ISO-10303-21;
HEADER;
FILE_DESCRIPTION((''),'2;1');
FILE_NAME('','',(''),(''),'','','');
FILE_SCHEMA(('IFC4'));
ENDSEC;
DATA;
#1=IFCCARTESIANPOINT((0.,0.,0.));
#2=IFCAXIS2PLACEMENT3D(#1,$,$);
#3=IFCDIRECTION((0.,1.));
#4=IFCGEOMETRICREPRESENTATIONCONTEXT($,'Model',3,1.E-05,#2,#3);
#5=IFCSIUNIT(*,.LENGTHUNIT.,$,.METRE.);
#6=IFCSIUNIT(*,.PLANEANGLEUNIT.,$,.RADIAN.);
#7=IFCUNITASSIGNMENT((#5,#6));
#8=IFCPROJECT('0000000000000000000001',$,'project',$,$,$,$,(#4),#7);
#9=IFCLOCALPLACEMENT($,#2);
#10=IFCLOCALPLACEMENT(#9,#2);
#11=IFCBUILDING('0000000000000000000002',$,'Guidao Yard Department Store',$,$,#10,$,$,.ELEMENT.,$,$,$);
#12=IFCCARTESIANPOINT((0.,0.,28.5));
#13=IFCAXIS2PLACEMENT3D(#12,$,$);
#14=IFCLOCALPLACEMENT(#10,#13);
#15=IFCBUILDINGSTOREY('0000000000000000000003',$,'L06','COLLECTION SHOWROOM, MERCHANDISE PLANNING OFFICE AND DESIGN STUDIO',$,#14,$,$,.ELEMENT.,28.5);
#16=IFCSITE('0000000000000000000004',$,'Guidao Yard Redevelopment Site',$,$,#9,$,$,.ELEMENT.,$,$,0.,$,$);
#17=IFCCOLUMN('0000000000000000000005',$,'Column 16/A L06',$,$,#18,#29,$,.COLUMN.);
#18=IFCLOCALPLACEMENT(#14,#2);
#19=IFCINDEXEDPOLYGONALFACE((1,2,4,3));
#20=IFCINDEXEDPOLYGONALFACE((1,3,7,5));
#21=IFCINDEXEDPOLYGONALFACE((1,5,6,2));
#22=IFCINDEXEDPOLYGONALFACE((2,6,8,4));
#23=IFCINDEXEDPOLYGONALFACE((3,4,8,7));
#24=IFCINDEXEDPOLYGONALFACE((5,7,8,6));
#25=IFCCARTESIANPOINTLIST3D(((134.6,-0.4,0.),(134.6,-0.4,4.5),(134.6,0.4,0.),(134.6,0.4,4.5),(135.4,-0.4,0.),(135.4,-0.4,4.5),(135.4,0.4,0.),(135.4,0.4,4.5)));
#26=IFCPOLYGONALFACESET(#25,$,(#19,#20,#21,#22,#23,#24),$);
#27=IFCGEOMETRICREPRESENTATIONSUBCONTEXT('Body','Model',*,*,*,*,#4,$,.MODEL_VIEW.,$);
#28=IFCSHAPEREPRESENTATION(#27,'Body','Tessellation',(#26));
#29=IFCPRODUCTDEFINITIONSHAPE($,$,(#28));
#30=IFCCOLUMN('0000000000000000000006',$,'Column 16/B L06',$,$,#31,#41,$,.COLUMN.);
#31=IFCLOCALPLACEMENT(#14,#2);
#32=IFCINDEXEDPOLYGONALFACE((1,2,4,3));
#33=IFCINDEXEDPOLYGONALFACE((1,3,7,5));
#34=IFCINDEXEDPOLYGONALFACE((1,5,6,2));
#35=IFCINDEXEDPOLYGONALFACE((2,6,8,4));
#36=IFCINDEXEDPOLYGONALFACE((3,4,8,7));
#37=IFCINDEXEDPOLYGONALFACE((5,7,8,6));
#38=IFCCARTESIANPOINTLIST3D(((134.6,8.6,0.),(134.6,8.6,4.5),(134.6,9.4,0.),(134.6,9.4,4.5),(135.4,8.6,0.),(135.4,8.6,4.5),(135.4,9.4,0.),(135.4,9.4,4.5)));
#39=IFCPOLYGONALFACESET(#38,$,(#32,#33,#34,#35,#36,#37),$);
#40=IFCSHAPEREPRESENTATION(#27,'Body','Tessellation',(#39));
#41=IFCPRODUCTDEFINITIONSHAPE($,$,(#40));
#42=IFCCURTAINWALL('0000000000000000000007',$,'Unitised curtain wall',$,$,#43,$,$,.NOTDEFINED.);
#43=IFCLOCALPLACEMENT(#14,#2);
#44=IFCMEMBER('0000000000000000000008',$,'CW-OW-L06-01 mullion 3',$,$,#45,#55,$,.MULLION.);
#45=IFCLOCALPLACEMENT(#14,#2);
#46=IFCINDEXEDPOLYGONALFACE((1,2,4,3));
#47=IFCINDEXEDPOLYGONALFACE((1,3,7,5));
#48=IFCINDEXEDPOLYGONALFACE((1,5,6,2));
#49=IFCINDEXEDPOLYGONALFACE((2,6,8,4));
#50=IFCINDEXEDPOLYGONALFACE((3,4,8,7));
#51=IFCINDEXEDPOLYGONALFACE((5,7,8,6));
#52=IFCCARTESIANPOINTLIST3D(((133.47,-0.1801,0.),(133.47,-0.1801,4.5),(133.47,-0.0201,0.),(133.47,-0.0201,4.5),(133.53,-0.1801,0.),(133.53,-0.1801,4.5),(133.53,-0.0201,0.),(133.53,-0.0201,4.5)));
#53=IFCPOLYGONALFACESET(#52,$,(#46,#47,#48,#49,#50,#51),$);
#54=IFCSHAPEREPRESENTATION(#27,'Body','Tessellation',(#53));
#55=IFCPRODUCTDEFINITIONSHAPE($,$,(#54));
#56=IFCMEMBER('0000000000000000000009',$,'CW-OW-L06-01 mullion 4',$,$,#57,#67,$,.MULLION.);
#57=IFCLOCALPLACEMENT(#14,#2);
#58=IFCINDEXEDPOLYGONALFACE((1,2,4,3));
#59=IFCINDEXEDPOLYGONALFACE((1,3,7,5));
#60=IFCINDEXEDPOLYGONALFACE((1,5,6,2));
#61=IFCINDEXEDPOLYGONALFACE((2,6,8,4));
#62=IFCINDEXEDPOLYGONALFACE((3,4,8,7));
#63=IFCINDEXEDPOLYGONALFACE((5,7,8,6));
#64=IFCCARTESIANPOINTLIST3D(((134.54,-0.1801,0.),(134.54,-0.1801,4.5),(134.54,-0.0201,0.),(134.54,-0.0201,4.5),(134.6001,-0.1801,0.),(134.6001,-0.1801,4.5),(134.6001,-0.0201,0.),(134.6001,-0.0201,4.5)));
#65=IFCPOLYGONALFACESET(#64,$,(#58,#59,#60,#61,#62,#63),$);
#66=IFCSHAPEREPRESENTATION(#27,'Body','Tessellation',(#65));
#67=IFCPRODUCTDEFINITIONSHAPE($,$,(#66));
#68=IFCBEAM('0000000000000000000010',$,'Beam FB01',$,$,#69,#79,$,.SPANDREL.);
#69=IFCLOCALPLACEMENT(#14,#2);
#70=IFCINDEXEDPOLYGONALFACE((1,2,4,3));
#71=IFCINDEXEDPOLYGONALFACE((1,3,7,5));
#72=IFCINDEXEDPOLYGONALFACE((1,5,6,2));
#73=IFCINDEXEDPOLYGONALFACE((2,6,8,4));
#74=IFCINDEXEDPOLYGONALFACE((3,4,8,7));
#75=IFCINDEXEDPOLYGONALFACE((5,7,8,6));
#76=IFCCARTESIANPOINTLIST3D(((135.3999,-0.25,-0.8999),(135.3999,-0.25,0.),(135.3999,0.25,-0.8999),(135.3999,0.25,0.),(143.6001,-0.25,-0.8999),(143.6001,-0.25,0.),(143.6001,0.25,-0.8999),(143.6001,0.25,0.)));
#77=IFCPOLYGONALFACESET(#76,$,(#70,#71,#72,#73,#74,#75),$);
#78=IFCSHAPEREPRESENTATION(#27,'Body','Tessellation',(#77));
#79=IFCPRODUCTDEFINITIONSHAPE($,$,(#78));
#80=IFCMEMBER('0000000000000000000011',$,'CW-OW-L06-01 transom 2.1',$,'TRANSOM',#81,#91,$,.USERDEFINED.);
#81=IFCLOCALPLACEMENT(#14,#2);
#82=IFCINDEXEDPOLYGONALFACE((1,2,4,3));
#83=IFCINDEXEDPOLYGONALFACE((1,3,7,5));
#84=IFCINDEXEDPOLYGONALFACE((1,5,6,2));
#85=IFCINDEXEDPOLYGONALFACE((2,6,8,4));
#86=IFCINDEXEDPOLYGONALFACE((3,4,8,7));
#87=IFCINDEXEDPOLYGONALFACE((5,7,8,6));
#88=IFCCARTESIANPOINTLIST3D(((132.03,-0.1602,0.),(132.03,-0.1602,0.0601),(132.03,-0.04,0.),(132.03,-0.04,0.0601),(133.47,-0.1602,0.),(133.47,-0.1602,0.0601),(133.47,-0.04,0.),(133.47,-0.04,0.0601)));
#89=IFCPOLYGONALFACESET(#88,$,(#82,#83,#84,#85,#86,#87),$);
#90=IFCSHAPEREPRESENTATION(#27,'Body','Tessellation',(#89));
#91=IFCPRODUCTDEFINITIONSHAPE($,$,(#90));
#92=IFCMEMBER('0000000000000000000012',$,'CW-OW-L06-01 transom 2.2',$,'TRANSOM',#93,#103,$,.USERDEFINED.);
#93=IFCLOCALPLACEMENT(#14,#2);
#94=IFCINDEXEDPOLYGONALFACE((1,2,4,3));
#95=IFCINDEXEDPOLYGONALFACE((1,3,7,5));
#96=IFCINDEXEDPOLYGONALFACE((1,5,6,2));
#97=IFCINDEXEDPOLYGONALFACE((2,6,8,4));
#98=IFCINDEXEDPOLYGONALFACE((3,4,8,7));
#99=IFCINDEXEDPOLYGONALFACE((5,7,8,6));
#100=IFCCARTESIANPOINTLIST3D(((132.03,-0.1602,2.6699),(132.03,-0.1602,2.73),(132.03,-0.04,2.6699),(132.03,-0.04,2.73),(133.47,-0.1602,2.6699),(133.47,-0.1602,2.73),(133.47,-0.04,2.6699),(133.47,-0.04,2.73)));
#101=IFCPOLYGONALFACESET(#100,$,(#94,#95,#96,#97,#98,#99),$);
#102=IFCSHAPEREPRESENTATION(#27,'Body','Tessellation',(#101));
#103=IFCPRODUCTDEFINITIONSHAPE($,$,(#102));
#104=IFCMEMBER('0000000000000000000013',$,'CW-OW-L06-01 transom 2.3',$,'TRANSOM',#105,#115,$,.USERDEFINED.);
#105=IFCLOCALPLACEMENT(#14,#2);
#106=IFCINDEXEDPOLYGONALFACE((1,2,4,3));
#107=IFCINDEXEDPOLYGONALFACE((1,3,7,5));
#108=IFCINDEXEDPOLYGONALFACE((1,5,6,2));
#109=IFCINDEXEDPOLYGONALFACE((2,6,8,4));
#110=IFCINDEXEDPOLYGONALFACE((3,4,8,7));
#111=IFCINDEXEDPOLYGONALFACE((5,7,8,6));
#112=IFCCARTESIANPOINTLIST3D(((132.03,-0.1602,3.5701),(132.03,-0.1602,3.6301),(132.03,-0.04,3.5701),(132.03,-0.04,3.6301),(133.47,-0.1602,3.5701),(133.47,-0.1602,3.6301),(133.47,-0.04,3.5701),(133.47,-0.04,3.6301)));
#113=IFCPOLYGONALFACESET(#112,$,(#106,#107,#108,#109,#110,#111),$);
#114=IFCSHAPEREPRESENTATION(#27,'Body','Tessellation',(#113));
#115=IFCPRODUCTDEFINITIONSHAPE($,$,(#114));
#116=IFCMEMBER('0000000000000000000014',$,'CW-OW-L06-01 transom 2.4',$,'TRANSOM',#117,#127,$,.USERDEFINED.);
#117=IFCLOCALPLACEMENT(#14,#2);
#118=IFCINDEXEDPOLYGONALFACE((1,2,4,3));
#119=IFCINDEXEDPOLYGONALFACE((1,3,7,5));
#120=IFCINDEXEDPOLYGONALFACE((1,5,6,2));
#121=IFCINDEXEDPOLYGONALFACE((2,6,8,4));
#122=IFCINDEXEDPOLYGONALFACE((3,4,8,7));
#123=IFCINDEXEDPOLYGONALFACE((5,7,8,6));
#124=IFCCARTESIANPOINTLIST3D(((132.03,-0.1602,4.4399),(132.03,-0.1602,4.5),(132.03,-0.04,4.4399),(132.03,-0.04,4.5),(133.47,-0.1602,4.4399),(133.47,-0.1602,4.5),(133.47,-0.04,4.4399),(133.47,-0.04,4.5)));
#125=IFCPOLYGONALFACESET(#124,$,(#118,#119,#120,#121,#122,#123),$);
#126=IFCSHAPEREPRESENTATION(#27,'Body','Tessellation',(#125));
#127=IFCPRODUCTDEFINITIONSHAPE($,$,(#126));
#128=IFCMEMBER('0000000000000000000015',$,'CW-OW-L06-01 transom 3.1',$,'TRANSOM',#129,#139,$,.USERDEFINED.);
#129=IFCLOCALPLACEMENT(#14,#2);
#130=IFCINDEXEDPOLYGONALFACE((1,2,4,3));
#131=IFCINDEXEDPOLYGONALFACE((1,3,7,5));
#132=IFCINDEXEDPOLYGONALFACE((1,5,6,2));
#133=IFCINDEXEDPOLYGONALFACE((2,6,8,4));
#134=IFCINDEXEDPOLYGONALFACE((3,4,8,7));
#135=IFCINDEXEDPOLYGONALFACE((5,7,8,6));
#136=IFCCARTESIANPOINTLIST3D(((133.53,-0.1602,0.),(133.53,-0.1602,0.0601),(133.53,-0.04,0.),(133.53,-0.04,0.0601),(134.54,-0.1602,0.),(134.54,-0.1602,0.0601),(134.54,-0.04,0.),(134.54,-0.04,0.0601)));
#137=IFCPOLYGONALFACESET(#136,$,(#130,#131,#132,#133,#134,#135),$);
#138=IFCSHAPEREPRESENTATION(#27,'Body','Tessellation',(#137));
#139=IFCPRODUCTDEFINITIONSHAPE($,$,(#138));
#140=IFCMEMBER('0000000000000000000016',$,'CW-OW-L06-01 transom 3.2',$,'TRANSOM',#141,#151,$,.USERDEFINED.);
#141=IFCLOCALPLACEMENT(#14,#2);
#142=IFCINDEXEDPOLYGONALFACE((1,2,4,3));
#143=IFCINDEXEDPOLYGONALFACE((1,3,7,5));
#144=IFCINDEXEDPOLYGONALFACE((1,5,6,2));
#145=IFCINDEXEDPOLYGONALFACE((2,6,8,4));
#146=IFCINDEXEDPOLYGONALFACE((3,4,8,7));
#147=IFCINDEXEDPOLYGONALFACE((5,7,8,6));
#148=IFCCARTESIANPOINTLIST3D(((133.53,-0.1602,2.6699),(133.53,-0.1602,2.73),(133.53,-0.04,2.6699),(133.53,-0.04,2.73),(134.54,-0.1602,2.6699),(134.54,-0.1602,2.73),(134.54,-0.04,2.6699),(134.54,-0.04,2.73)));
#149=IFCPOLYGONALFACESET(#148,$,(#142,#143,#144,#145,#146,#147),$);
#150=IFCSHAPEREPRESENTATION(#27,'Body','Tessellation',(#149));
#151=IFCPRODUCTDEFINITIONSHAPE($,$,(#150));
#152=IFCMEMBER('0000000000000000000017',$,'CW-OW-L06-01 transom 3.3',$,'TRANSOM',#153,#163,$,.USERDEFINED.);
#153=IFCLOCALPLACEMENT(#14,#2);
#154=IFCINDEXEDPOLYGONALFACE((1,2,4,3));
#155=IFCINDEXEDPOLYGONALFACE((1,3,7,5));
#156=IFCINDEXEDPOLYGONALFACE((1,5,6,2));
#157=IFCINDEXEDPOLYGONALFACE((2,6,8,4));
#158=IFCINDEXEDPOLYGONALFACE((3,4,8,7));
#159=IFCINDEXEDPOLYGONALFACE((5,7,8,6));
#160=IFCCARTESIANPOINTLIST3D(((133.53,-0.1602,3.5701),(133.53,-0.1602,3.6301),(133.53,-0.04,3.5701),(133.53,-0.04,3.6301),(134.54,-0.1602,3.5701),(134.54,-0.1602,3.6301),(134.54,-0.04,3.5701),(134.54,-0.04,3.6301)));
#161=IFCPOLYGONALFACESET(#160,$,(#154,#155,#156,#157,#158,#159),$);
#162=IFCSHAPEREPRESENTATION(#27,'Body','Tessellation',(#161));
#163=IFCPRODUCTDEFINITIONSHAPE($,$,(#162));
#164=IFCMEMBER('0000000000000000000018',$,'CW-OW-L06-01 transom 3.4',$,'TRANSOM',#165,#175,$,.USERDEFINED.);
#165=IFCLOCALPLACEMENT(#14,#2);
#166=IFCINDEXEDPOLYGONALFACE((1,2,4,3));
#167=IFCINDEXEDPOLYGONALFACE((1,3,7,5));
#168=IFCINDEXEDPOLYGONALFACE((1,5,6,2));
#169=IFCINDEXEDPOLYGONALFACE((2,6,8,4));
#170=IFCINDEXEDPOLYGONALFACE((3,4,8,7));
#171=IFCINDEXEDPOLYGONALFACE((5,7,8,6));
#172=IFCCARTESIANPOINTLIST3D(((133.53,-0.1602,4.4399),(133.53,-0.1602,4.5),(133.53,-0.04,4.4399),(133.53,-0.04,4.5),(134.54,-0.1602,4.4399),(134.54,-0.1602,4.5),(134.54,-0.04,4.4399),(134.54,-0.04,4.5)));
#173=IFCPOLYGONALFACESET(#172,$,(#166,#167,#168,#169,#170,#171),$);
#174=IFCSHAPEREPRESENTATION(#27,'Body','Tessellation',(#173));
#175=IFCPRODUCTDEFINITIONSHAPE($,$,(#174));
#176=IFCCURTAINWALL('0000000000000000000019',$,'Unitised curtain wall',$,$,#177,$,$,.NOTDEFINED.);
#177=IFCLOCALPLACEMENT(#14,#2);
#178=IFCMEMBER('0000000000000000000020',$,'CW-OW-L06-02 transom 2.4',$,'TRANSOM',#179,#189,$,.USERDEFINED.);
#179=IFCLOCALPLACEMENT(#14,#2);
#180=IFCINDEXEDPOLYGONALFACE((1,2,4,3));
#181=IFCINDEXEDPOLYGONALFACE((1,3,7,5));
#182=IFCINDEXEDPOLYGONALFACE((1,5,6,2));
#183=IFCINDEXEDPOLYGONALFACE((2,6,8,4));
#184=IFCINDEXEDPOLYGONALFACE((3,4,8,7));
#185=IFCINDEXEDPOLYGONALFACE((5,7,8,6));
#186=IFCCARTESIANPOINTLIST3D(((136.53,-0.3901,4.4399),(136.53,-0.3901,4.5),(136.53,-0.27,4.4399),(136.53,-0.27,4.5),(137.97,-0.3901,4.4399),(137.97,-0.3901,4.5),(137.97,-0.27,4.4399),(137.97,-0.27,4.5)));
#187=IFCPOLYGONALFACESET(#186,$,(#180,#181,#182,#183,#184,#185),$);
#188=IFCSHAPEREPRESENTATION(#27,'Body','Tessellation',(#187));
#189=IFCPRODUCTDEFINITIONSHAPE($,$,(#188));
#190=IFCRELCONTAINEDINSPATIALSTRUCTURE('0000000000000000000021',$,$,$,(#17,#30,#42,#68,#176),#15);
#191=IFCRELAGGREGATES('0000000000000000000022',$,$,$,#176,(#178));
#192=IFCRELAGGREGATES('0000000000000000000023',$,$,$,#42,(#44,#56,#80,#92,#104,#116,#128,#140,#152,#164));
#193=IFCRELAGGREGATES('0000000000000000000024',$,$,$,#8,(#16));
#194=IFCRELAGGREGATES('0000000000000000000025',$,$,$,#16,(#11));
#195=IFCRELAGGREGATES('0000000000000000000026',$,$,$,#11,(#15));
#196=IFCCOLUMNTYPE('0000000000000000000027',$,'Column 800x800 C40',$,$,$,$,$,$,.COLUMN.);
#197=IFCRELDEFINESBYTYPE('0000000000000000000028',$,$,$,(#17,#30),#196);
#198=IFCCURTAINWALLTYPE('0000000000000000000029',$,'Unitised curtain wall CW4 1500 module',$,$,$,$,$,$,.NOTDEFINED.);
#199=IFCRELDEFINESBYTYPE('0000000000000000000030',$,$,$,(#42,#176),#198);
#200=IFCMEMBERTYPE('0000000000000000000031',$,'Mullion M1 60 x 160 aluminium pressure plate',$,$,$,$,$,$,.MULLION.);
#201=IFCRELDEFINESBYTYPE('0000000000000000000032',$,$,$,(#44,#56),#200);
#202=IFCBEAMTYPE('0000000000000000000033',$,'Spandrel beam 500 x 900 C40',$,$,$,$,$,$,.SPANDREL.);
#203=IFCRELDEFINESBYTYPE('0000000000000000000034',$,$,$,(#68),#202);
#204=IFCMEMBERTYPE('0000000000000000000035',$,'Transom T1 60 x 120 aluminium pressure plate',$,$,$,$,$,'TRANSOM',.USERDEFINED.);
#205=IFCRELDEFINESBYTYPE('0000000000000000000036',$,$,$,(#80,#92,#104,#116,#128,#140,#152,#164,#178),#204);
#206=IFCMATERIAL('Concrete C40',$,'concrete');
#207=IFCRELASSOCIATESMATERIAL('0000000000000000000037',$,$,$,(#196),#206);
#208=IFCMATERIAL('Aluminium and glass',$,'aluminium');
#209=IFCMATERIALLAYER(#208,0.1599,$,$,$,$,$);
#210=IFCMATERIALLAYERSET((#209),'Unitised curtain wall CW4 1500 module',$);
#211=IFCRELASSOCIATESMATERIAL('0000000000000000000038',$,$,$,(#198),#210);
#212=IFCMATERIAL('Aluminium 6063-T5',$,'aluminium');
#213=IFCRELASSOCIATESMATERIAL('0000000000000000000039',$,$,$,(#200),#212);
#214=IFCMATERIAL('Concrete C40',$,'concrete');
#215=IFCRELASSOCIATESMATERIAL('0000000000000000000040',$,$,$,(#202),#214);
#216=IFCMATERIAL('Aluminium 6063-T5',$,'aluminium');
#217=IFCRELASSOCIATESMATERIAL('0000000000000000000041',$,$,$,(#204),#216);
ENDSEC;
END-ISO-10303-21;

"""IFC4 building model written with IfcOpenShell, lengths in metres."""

from ifc_helpers import new_model, si_unit, direction, frame, origin, origin_2d, place, context, subcontext, project, spatial, rectangle, extrude, material, layer, layer_set, material_profile, profile_set, type_object, element, aggregate, save


model = new_model("IFC4")

# Units and contexts
model_context = context("Model", 3, precision=1e-05, world=origin(), true_north=direction((0.0, 1.0)))
body_context = subcontext(model_context, "Body", "Model", "MODEL_VIEW")
ifc_project = project(units=[si_unit("LENGTHUNIT", "METRE"), si_unit("PLANEANGLEUNIT", "RADIAN")], contexts=[model_context])

# Site, building, storey
site_placement = place(None, origin())
site = spatial("IfcSite", under=ifc_project, at=site_placement, Name="Guidao Yard Redevelopment Site", CompositionType="ELEMENT", RefElevation=0.0)
building_placement = place(site_placement, origin())
building = spatial("IfcBuilding", under=site, at=building_placement, Name="Guidao Yard Department Store", CompositionType="ELEMENT")
storey_placement = place(building_placement, frame((0.0, 0.0, 28.5)))
storey = spatial("IfcBuildingStorey", under=building, at=storey_placement, Name="L06", Description="COLLECTION SHOWROOM, MERCHANDISE PLANNING OFFICE AND DESIGN STUDIO", CompositionType="ELEMENT", Elevation=28.5)

# Columns
ifc_material_1 = material(Name="Concrete C40", Category="concrete")
ifc_material_profile_1 = material_profile(ifc_material_1, rectangle(XDim=0.8, YDim=0.8, at=origin_2d()), Name="COL 800x800")
ifc_profile_set_1 = profile_set([ifc_material_profile_1], Name="Concrete C40")
column_type = type_object("IfcColumnType", Name="Column 800x800 C40", PredefinedType="COLUMN", material=ifc_profile_set_1)
for number, where, z_axis, x_axis, name in (
    (1, (135.0, 0.0, 0.0), (0.0, 0.0, 1.0), (1.0, 0.0, 0.0), "Column 16/A L06"),
    (2, (135.0, 9.0, 0.0), (0.0, 0.0, 1.0), (1.0, 0.0, 0.0), "Column 16/B L06"),
):
    element("IfcColumn", number, at=place(storey_placement, frame(where, z_axis=z_axis, x_axis=x_axis)), inside=storey, type_object=column_type, Name=name, PredefinedType="COLUMN", context=body_context, shape_type="SweptSolid", body=[
        extrude(rectangle(XDim=0.8, YDim=0.8, at=origin_2d()), origin(), (0.0, 0.0, 1.0), 4.5),
    ])

# Curtain wall, members
ifc_material_2 = material(Name="Aluminium and glass", Category="aluminium")
ifc_layer_1 = layer(ifc_material_2, 0.1599)
ifc_layer_set_1 = layer_set([ifc_layer_1], Name="Unitised curtain wall CW4 1500 module")
curtain_wall_type = type_object("IfcCurtainWallType", Name="Unitised curtain wall CW4 1500 module", PredefinedType="NOTDEFINED", material=ifc_layer_set_1)
curtain_wall_1_placement = place(storey_placement, origin())
curtain_wall_1 = element("IfcCurtainWall", 3, at=curtain_wall_1_placement, inside=storey, type_object=curtain_wall_type, Name="Unitised curtain wall", PredefinedType="NOTDEFINED")
ifc_material_3 = material(Name="Aluminium 6063-T5", Category="aluminium")
ifc_material_profile_2 = material_profile(ifc_material_3, rectangle(XDim=0.0601, YDim=0.1599, at=origin_2d()), Name="Mullion M1 60 x 160 aluminium pressure plate")
ifc_profile_set_2 = profile_set([ifc_material_profile_2], Name="Aluminium 6063-T5")
member_type_1 = type_object("IfcMemberType", Name="Mullion M1 60 x 160 aluminium pressure plate", PredefinedType="MULLION", material=ifc_profile_set_2)
member_1_placement = place(storey_placement, frame((133.5, -0.1001, 0.0), z_axis=(0.0, 0.0, 1.0), x_axis=(-1.0, 0.0, 0.0)))
member_1 = element("IfcMember", 4, at=member_1_placement, type_object=member_type_1, Name="CW-OW-L06-01 mullion 3", PredefinedType="MULLION", context=body_context, shape_type="SweptSolid", body=[
    extrude(rectangle(XDim=0.0601, YDim=0.1599, at=origin_2d()), origin(), (0.0, 0.0, 1.0), 4.5),
])
member_2_placement = place(storey_placement, frame((134.5701, -0.1001, 0.0), z_axis=(0.0, 0.0, 1.0), x_axis=(-1.0, 0.0, 0.0)))
member_2 = element("IfcMember", 5, at=member_2_placement, type_object=member_type_1, Name="CW-OW-L06-01 mullion 4", PredefinedType="MULLION", context=body_context, shape_type="SweptSolid", body=[
    extrude(rectangle(XDim=0.0601, YDim=0.1599, at=origin_2d()), origin(), (0.0, 0.0, 1.0), 4.5),
])

# Beam
ifc_material_4 = material(Name="Concrete C40", Category="concrete")
ifc_material_profile_3 = material_profile(ifc_material_4, rectangle(XDim=0.5, YDim=0.8999, at=origin_2d()), Name="Spandrel beam 500 x 900 C40")
ifc_profile_set_3 = profile_set([ifc_material_profile_3], Name="Concrete C40")
beam_type = type_object("IfcBeamType", Name="Spandrel beam 500 x 900 C40", PredefinedType="SPANDREL", material=ifc_profile_set_3)
beam_placement = place(storey_placement, frame((135.3999, 0.0, -0.45), z_axis=(1.0, 0.0, 0.0), x_axis=(0.0, 1.0, 0.0)))
element("IfcBeam", 6, at=beam_placement, inside=storey, type_object=beam_type, Name="Beam FB01", PredefinedType="SPANDREL", context=body_context, shape_type="SweptSolid", body=[
    extrude(rectangle(XDim=0.5, YDim=0.8999, at=origin_2d()), origin(), (0.0, 0.0, 1.0), 8.2002),
])

# Members
ifc_material_5 = material(Name="Aluminium 6063-T5", Category="aluminium")
ifc_material_profile_4 = material_profile(ifc_material_5, rectangle(XDim=0.1201, YDim=0.0601, at=origin_2d()), Name="Transom T1 60 x 120 aluminium pressure plate")
ifc_profile_set_4 = profile_set([ifc_material_profile_4], Name="Aluminium 6063-T5")
member_type_2 = type_object("IfcMemberType", Name="Transom T1 60 x 120 aluminium pressure plate", ElementType="TRANSOM", PredefinedType="USERDEFINED", material=ifc_profile_set_4)
member_3_placement = place(storey_placement, frame((133.47, -0.1001, 0.03), z_axis=(-1.0, 0.0, 0.0), x_axis=(0.0, -1.0, 0.0)))
member_3 = element("IfcMember", 7, at=member_3_placement, type_object=member_type_2, Name="CW-OW-L06-01 transom 2.1", ObjectType="TRANSOM", PredefinedType="USERDEFINED", context=body_context, shape_type="SweptSolid", body=[
    extrude(rectangle(XDim=0.1201, YDim=0.0601, at=origin_2d()), origin(), (0.0, 0.0, 1.0), 1.4399),
])
member_4_placement = place(storey_placement, frame((133.47, -0.1001, 2.7), z_axis=(-1.0, 0.0, 0.0), x_axis=(0.0, -1.0, 0.0)))
member_4 = element("IfcMember", 8, at=member_4_placement, type_object=member_type_2, Name="CW-OW-L06-01 transom 2.2", ObjectType="TRANSOM", PredefinedType="USERDEFINED", context=body_context, shape_type="SweptSolid", body=[
    extrude(rectangle(XDim=0.1201, YDim=0.0601, at=origin_2d()), origin(), (0.0, 0.0, 1.0), 1.4399),
])
member_5_placement = place(storey_placement, frame((133.47, -0.1001, 3.6001), z_axis=(-1.0, 0.0, 0.0), x_axis=(0.0, -1.0, 0.0)))
member_5 = element("IfcMember", 9, at=member_5_placement, type_object=member_type_2, Name="CW-OW-L06-01 transom 2.3", ObjectType="TRANSOM", PredefinedType="USERDEFINED", context=body_context, shape_type="SweptSolid", body=[
    extrude(rectangle(XDim=0.1201, YDim=0.0601, at=origin_2d()), origin(), (0.0, 0.0, 1.0), 1.4399),
])
member_6_placement = place(storey_placement, frame((133.47, -0.1001, 4.47), z_axis=(-1.0, 0.0, 0.0), x_axis=(0.0, -1.0, 0.0)))
member_6 = element("IfcMember", 10, at=member_6_placement, type_object=member_type_2, Name="CW-OW-L06-01 transom 2.4", ObjectType="TRANSOM", PredefinedType="USERDEFINED", context=body_context, shape_type="SweptSolid", body=[
    extrude(rectangle(XDim=0.1201, YDim=0.0601, at=origin_2d()), origin(), (0.0, 0.0, 1.0), 1.4399),
])
member_7_placement = place(storey_placement, frame((134.54, -0.1001, 0.03), z_axis=(-1.0, 0.0, 0.0), x_axis=(0.0, -1.0, 0.0)))
member_7 = element("IfcMember", 11, at=member_7_placement, type_object=member_type_2, Name="CW-OW-L06-01 transom 3.1", ObjectType="TRANSOM", PredefinedType="USERDEFINED", context=body_context, shape_type="SweptSolid", body=[
    extrude(rectangle(XDim=0.1201, YDim=0.0601, at=origin_2d()), origin(), (0.0, 0.0, 1.0), 1.01),
])
member_8_placement = place(storey_placement, frame((134.54, -0.1001, 2.7), z_axis=(-1.0, 0.0, 0.0), x_axis=(0.0, -1.0, 0.0)))
member_8 = element("IfcMember", 12, at=member_8_placement, type_object=member_type_2, Name="CW-OW-L06-01 transom 3.2", ObjectType="TRANSOM", PredefinedType="USERDEFINED", context=body_context, shape_type="SweptSolid", body=[
    extrude(rectangle(XDim=0.1201, YDim=0.0601, at=origin_2d()), origin(), (0.0, 0.0, 1.0), 1.01),
])
member_9_placement = place(storey_placement, frame((134.54, -0.1001, 3.6001), z_axis=(-1.0, 0.0, 0.0), x_axis=(0.0, -1.0, 0.0)))
member_9 = element("IfcMember", 13, at=member_9_placement, type_object=member_type_2, Name="CW-OW-L06-01 transom 3.3", ObjectType="TRANSOM", PredefinedType="USERDEFINED", context=body_context, shape_type="SweptSolid", body=[
    extrude(rectangle(XDim=0.1201, YDim=0.0601, at=origin_2d()), origin(), (0.0, 0.0, 1.0), 1.01),
])
member_10_placement = place(storey_placement, frame((134.54, -0.1001, 4.47), z_axis=(-1.0, 0.0, 0.0), x_axis=(0.0, -1.0, 0.0)))
member_10 = element("IfcMember", 14, at=member_10_placement, type_object=member_type_2, Name="CW-OW-L06-01 transom 3.4", ObjectType="TRANSOM", PredefinedType="USERDEFINED", context=body_context, shape_type="SweptSolid", body=[
    extrude(rectangle(XDim=0.1201, YDim=0.0601, at=origin_2d()), origin(), (0.0, 0.0, 1.0), 1.01),
])

# Curtain wall, member
curtain_wall_2_placement = place(storey_placement, origin())
curtain_wall_2 = element("IfcCurtainWall", 15, at=curtain_wall_2_placement, inside=storey, type_object=curtain_wall_type, Name="Unitised curtain wall", PredefinedType="NOTDEFINED")
member_11_placement = place(storey_placement, frame((137.97, -0.3301, 4.47), z_axis=(-1.0, 0.0, 0.0), x_axis=(0.0, -1.0, 0.0)))
member_11 = element("IfcMember", 16, at=member_11_placement, type_object=member_type_2, Name="CW-OW-L06-02 transom 2.4", ObjectType="TRANSOM", PredefinedType="USERDEFINED", context=body_context, shape_type="SweptSolid", body=[
    extrude(rectangle(XDim=0.1201, YDim=0.0601, at=origin_2d()), origin(), (0.0, 0.0, 1.0), 1.4399),
])
aggregate(curtain_wall_2, [member_11])

aggregate(curtain_wall_1, [member_1, member_2, member_3, member_4, member_5, member_6, member_7, member_8, member_9, member_10])

save(model, "model.ifc")
